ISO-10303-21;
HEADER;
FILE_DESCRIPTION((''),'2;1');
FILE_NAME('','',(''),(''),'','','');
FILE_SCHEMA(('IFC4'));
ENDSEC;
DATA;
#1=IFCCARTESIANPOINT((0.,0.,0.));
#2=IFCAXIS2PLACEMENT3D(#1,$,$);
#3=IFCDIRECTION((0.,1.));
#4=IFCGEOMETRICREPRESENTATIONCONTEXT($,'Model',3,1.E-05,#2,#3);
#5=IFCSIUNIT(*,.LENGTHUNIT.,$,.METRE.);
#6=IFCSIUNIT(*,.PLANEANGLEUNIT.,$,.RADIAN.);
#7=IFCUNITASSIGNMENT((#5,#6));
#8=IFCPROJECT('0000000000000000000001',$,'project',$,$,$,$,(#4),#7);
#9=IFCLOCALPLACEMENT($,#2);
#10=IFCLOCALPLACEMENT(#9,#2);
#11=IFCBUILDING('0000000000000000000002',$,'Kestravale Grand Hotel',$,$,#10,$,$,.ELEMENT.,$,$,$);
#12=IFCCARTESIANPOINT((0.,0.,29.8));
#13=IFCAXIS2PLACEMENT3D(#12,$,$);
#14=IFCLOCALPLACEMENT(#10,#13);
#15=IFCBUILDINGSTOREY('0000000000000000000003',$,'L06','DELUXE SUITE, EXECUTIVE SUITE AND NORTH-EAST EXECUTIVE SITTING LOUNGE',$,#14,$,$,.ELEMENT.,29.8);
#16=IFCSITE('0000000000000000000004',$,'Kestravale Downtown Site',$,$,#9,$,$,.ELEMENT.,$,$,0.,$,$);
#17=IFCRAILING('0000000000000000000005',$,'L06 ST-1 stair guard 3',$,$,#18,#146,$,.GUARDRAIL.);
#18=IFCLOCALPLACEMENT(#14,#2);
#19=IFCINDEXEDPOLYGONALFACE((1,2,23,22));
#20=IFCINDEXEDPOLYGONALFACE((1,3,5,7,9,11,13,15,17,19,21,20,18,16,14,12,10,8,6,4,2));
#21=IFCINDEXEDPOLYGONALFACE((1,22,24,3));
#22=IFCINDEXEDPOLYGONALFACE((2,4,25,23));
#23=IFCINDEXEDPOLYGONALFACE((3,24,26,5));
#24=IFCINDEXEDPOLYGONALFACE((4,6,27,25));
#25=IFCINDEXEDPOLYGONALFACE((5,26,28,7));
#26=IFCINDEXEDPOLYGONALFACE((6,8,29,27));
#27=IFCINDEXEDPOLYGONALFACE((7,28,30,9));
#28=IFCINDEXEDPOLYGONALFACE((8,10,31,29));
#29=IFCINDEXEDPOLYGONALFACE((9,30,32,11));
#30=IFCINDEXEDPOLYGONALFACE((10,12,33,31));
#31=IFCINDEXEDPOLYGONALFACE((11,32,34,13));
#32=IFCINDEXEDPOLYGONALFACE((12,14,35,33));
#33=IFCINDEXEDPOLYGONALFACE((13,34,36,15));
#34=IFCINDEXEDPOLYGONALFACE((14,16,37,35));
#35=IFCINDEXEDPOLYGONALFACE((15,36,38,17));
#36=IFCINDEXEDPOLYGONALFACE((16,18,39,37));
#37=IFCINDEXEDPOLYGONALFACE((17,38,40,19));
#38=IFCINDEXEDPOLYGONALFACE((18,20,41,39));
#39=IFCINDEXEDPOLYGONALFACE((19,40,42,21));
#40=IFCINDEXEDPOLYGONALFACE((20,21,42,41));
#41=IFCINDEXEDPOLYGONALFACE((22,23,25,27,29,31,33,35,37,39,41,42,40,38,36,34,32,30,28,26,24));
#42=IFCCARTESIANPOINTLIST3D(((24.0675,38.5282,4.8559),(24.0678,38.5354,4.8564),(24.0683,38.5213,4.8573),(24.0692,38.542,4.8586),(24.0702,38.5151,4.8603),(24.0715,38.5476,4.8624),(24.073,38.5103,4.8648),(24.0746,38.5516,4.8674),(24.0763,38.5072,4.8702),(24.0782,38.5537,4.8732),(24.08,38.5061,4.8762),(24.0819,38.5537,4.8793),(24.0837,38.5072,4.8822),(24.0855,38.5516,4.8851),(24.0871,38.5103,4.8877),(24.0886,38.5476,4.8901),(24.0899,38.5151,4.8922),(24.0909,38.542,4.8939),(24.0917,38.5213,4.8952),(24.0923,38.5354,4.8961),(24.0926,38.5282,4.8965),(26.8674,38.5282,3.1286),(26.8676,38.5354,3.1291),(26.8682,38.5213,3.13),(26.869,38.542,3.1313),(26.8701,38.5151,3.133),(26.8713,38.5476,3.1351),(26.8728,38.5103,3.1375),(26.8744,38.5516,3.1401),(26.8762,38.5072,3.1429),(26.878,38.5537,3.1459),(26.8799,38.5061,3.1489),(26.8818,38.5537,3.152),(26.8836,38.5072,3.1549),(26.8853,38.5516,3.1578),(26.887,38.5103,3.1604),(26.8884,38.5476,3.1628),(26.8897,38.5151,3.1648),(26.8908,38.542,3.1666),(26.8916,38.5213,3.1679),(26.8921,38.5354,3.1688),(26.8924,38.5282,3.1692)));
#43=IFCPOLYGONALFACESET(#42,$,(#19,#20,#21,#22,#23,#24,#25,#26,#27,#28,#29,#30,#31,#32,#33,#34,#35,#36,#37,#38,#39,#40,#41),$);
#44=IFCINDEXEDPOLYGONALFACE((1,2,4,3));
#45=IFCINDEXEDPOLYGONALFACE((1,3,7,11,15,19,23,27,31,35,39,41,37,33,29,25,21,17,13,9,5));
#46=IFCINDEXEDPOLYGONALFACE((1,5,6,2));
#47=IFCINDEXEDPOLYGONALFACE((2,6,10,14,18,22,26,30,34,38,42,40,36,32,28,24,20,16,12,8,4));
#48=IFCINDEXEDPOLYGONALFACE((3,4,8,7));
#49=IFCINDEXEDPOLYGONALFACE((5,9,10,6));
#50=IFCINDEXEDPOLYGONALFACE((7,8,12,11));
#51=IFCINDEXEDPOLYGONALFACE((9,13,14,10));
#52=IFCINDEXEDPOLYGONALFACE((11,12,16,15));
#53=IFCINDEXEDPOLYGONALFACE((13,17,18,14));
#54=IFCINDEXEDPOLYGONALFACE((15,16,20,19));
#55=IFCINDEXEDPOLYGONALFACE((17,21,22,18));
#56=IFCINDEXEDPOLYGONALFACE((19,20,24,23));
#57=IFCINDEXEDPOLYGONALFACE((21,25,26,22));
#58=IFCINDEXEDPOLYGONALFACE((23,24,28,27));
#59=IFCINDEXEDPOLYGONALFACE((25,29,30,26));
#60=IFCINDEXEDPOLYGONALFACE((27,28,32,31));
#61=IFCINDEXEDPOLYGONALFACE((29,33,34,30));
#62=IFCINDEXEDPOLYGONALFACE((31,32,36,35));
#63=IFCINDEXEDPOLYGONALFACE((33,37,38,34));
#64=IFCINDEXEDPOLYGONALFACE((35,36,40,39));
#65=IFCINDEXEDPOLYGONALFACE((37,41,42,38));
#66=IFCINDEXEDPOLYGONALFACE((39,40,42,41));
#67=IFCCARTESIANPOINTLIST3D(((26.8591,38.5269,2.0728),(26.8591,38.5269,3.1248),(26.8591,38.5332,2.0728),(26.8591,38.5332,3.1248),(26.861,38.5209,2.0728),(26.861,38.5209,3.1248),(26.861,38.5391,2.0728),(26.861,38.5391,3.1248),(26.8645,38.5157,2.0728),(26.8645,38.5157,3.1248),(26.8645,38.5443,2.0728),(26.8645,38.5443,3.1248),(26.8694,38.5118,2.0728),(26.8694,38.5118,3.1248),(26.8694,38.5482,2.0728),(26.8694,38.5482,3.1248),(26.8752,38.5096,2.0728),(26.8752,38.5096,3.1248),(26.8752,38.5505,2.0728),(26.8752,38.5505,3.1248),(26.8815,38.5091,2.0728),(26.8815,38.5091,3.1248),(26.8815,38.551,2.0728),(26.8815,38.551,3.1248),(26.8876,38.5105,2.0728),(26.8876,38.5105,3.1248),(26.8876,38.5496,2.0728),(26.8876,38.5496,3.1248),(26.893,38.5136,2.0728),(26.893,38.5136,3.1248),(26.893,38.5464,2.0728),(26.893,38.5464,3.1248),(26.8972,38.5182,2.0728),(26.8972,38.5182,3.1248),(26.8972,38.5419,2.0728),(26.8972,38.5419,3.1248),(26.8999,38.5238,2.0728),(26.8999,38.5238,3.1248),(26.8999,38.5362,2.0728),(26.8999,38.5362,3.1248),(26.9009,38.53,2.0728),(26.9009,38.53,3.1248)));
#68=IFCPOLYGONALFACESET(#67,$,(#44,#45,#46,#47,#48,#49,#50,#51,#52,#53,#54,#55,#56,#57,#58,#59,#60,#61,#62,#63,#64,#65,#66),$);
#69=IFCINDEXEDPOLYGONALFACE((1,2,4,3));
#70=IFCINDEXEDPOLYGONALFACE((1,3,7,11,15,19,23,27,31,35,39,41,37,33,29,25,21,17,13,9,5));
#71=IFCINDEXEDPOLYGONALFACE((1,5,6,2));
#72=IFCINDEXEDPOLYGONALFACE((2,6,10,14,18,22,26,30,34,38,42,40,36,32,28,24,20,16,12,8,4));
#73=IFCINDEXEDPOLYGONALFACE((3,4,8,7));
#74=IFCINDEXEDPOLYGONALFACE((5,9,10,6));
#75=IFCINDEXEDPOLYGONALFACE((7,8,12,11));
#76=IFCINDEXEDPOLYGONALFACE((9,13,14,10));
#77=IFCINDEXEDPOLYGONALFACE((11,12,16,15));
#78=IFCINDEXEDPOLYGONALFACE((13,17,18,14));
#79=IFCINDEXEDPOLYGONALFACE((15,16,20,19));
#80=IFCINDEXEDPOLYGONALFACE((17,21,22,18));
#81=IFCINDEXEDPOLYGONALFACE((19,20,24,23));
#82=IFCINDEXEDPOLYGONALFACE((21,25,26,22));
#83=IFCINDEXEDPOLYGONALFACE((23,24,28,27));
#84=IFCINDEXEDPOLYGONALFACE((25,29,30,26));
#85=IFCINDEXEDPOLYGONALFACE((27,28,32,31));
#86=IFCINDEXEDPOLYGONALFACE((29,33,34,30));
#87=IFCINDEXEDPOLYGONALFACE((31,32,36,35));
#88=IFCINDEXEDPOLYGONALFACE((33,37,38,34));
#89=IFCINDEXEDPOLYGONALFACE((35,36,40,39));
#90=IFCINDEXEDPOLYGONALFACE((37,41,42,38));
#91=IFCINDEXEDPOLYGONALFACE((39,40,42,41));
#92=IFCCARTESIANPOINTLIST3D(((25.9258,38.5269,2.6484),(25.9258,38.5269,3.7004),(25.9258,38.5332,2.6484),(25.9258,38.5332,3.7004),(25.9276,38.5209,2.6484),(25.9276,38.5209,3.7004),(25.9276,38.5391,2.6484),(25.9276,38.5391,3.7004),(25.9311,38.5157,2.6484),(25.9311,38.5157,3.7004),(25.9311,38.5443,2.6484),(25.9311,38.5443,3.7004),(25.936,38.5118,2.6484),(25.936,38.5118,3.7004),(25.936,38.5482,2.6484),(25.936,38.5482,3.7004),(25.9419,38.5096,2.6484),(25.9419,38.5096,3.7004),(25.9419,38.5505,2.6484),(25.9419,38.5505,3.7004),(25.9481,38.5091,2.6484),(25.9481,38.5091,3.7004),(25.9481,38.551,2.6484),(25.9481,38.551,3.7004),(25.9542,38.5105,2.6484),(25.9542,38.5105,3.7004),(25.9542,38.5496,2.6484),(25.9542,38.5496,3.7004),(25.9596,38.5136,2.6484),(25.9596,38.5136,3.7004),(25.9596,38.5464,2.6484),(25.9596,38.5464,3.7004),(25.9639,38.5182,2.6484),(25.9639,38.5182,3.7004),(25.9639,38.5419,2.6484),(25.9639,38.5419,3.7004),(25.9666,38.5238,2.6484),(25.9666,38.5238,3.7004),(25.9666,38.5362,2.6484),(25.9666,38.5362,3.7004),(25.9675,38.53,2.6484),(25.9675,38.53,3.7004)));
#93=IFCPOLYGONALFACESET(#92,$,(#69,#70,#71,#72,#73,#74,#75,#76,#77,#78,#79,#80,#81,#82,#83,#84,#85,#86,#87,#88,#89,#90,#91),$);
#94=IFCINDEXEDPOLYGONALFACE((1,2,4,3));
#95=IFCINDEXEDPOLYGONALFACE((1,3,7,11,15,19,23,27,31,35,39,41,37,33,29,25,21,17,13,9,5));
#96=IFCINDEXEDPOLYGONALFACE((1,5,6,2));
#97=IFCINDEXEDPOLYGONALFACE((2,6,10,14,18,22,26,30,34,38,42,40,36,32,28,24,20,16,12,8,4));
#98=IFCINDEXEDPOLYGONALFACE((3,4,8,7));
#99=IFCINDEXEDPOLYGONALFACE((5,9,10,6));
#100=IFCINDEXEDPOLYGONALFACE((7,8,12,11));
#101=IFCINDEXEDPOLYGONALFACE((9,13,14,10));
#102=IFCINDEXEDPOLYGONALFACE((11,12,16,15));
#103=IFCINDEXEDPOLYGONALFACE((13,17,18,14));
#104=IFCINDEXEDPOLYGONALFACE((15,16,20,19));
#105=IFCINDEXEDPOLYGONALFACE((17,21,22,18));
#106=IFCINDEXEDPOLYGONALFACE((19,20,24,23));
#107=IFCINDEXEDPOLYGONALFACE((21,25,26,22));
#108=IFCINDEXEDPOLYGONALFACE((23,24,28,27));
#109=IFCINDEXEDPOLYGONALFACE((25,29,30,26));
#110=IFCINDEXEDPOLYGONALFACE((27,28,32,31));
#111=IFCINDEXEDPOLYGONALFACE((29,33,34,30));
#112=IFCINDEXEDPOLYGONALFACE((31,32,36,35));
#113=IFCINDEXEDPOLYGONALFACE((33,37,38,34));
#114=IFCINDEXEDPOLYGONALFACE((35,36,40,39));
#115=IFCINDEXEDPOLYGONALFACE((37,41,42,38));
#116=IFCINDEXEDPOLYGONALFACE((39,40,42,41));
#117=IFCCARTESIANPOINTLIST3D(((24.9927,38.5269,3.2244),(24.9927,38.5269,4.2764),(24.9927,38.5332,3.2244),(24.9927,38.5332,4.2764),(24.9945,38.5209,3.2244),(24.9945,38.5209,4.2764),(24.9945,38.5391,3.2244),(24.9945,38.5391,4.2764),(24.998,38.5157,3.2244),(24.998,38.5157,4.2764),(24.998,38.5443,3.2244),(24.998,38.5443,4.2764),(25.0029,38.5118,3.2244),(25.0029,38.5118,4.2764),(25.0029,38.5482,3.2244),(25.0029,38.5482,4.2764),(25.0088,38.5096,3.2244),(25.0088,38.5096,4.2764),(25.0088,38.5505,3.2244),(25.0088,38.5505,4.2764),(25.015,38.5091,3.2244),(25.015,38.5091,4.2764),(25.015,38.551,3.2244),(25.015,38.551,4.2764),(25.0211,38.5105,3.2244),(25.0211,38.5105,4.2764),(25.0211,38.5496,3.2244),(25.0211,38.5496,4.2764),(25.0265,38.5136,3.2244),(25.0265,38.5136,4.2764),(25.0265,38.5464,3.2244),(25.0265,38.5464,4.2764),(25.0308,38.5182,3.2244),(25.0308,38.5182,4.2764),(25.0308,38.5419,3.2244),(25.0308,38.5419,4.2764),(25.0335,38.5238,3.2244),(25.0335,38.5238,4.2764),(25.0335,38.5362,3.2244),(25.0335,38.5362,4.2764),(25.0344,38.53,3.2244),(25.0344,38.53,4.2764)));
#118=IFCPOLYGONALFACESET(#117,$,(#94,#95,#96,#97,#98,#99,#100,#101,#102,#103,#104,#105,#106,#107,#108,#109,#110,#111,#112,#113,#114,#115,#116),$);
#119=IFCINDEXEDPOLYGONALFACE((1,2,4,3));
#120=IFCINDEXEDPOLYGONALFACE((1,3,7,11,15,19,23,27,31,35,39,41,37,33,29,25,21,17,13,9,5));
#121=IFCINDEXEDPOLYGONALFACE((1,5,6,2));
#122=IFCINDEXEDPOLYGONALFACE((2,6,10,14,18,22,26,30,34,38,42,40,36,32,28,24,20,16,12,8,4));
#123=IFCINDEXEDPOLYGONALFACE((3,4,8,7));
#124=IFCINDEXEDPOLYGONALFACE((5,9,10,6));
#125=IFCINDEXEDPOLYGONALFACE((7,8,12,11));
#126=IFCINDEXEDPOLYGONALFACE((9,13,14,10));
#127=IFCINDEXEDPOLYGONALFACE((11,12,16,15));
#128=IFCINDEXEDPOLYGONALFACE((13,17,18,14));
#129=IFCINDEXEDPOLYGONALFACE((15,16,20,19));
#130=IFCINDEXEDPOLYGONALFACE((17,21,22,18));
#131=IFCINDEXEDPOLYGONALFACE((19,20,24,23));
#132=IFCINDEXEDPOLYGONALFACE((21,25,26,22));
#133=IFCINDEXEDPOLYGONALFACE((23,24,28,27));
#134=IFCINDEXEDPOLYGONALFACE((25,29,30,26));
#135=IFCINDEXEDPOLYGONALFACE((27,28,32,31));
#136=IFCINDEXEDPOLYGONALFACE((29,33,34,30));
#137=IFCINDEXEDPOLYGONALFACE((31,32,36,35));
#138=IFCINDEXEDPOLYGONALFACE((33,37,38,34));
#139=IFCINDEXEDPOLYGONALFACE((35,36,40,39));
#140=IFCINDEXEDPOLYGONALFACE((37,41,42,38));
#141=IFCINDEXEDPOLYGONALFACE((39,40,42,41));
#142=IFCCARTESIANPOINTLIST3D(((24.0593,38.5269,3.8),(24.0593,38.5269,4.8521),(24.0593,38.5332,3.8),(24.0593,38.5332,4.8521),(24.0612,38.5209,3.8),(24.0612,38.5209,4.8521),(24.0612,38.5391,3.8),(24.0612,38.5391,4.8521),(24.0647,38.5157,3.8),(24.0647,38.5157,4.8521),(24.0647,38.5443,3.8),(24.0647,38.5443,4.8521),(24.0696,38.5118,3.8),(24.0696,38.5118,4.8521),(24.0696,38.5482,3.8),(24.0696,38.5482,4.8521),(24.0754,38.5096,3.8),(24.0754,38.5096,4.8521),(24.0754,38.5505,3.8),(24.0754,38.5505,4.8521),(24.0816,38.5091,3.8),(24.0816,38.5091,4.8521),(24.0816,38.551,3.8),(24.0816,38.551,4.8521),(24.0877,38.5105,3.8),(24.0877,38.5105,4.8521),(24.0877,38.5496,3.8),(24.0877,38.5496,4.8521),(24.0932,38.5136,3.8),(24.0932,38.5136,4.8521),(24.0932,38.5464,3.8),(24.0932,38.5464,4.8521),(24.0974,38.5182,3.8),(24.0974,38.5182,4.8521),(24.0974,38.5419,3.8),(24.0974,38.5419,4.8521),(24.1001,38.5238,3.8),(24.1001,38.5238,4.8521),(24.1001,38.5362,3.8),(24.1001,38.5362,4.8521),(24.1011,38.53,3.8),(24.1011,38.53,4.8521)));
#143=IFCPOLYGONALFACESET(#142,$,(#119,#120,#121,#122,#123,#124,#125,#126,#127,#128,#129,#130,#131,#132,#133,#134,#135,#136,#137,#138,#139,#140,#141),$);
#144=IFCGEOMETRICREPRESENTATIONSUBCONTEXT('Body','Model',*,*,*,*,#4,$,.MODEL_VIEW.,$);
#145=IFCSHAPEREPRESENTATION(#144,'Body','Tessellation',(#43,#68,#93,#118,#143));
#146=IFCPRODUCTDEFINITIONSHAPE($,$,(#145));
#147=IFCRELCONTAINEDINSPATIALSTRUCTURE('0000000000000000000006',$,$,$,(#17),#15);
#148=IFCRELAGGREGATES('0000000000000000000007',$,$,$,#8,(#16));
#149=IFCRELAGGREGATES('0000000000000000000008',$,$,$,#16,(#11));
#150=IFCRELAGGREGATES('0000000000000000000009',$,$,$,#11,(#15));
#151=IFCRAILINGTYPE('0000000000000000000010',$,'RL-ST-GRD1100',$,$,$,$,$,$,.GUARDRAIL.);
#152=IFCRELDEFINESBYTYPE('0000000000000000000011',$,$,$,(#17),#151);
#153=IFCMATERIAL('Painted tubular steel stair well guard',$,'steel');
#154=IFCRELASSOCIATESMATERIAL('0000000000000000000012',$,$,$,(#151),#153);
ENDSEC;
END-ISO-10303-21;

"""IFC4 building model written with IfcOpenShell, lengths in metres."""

from ifc_helpers import new_model, si_unit, direction, frame, origin, origin_2d, place, context, subcontext, project, spatial, circle, extrude, material, type_object, element, save


model = new_model("IFC4")

# Units and contexts
model_context = context("Model", 3, precision=1e-05, world=origin(), true_north=direction((0.0, 1.0)))
body_context = subcontext(model_context, "Body", "Model", "MODEL_VIEW")
ifc_project = project(units=[si_unit("LENGTHUNIT", "METRE"), si_unit("PLANEANGLEUNIT", "RADIAN")], contexts=[model_context])

# Site, building, storey
site_placement = place(None, origin())
site = spatial("IfcSite", under=ifc_project, at=site_placement, Name="Kestravale Downtown Site", CompositionType="ELEMENT", RefElevation=0.0)
building_placement = place(site_placement, origin())
building = spatial("IfcBuilding", under=site, at=building_placement, Name="Kestravale Grand Hotel", CompositionType="ELEMENT")
storey_placement = place(building_placement, frame((0.0, 0.0, 29.8)))
storey = spatial("IfcBuildingStorey", under=building, at=storey_placement, Name="L06", Description="DELUXE SUITE, EXECUTIVE SUITE AND NORTH-EAST EXECUTIVE SITTING LOUNGE", CompositionType="ELEMENT", Elevation=29.8)

# Railing
ifc_material_1 = material(Name="Painted tubular steel stair well guard", Category="steel")
railing_type_1 = type_object("IfcRailingType", Name="RL-ST-GRD1100", PredefinedType="GUARDRAIL", material=ifc_material_1)
railing_1_placement = place(storey_placement, frame((26.8799, 38.53, 2.0728)))
element("IfcRailing", 1, at=railing_1_placement, inside=storey, type_object=railing_type_1, Name="L06 ST-1 stair guard 3", PredefinedType="GUARDRAIL", context=body_context, shape_type="SweptSolid", body=[
    extrude(circle(Radius=0.0239, at=origin_2d()), frame((0.0, 0.0, 1.0762), z_axis=(-0.851069, 0.0, 0.525054), x_axis=(0.0, -1.0, 0.0)), (0.0, 0.0, 1.0), 3.2898),
    extrude(circle(Radius=0.021, at=origin_2d()), origin(), (0.0, 0.0, 1.0), 1.052),
    extrude(circle(Radius=0.021, at=origin_2d()), frame((-0.9333, 0.0, 0.5757)), (0.0, 0.0, 1.0), 1.052),
    extrude(circle(Radius=0.021, at=origin_2d()), frame((-1.8665, 0.0, 1.1516)), (0.0, 0.0, 1.0), 1.052),
    extrude(circle(Radius=0.021, at=origin_2d()), frame((-2.7998, 0.0, 1.7273)), (0.0, 0.0, 1.0), 1.052),
])

save(model, "model.ifc")
